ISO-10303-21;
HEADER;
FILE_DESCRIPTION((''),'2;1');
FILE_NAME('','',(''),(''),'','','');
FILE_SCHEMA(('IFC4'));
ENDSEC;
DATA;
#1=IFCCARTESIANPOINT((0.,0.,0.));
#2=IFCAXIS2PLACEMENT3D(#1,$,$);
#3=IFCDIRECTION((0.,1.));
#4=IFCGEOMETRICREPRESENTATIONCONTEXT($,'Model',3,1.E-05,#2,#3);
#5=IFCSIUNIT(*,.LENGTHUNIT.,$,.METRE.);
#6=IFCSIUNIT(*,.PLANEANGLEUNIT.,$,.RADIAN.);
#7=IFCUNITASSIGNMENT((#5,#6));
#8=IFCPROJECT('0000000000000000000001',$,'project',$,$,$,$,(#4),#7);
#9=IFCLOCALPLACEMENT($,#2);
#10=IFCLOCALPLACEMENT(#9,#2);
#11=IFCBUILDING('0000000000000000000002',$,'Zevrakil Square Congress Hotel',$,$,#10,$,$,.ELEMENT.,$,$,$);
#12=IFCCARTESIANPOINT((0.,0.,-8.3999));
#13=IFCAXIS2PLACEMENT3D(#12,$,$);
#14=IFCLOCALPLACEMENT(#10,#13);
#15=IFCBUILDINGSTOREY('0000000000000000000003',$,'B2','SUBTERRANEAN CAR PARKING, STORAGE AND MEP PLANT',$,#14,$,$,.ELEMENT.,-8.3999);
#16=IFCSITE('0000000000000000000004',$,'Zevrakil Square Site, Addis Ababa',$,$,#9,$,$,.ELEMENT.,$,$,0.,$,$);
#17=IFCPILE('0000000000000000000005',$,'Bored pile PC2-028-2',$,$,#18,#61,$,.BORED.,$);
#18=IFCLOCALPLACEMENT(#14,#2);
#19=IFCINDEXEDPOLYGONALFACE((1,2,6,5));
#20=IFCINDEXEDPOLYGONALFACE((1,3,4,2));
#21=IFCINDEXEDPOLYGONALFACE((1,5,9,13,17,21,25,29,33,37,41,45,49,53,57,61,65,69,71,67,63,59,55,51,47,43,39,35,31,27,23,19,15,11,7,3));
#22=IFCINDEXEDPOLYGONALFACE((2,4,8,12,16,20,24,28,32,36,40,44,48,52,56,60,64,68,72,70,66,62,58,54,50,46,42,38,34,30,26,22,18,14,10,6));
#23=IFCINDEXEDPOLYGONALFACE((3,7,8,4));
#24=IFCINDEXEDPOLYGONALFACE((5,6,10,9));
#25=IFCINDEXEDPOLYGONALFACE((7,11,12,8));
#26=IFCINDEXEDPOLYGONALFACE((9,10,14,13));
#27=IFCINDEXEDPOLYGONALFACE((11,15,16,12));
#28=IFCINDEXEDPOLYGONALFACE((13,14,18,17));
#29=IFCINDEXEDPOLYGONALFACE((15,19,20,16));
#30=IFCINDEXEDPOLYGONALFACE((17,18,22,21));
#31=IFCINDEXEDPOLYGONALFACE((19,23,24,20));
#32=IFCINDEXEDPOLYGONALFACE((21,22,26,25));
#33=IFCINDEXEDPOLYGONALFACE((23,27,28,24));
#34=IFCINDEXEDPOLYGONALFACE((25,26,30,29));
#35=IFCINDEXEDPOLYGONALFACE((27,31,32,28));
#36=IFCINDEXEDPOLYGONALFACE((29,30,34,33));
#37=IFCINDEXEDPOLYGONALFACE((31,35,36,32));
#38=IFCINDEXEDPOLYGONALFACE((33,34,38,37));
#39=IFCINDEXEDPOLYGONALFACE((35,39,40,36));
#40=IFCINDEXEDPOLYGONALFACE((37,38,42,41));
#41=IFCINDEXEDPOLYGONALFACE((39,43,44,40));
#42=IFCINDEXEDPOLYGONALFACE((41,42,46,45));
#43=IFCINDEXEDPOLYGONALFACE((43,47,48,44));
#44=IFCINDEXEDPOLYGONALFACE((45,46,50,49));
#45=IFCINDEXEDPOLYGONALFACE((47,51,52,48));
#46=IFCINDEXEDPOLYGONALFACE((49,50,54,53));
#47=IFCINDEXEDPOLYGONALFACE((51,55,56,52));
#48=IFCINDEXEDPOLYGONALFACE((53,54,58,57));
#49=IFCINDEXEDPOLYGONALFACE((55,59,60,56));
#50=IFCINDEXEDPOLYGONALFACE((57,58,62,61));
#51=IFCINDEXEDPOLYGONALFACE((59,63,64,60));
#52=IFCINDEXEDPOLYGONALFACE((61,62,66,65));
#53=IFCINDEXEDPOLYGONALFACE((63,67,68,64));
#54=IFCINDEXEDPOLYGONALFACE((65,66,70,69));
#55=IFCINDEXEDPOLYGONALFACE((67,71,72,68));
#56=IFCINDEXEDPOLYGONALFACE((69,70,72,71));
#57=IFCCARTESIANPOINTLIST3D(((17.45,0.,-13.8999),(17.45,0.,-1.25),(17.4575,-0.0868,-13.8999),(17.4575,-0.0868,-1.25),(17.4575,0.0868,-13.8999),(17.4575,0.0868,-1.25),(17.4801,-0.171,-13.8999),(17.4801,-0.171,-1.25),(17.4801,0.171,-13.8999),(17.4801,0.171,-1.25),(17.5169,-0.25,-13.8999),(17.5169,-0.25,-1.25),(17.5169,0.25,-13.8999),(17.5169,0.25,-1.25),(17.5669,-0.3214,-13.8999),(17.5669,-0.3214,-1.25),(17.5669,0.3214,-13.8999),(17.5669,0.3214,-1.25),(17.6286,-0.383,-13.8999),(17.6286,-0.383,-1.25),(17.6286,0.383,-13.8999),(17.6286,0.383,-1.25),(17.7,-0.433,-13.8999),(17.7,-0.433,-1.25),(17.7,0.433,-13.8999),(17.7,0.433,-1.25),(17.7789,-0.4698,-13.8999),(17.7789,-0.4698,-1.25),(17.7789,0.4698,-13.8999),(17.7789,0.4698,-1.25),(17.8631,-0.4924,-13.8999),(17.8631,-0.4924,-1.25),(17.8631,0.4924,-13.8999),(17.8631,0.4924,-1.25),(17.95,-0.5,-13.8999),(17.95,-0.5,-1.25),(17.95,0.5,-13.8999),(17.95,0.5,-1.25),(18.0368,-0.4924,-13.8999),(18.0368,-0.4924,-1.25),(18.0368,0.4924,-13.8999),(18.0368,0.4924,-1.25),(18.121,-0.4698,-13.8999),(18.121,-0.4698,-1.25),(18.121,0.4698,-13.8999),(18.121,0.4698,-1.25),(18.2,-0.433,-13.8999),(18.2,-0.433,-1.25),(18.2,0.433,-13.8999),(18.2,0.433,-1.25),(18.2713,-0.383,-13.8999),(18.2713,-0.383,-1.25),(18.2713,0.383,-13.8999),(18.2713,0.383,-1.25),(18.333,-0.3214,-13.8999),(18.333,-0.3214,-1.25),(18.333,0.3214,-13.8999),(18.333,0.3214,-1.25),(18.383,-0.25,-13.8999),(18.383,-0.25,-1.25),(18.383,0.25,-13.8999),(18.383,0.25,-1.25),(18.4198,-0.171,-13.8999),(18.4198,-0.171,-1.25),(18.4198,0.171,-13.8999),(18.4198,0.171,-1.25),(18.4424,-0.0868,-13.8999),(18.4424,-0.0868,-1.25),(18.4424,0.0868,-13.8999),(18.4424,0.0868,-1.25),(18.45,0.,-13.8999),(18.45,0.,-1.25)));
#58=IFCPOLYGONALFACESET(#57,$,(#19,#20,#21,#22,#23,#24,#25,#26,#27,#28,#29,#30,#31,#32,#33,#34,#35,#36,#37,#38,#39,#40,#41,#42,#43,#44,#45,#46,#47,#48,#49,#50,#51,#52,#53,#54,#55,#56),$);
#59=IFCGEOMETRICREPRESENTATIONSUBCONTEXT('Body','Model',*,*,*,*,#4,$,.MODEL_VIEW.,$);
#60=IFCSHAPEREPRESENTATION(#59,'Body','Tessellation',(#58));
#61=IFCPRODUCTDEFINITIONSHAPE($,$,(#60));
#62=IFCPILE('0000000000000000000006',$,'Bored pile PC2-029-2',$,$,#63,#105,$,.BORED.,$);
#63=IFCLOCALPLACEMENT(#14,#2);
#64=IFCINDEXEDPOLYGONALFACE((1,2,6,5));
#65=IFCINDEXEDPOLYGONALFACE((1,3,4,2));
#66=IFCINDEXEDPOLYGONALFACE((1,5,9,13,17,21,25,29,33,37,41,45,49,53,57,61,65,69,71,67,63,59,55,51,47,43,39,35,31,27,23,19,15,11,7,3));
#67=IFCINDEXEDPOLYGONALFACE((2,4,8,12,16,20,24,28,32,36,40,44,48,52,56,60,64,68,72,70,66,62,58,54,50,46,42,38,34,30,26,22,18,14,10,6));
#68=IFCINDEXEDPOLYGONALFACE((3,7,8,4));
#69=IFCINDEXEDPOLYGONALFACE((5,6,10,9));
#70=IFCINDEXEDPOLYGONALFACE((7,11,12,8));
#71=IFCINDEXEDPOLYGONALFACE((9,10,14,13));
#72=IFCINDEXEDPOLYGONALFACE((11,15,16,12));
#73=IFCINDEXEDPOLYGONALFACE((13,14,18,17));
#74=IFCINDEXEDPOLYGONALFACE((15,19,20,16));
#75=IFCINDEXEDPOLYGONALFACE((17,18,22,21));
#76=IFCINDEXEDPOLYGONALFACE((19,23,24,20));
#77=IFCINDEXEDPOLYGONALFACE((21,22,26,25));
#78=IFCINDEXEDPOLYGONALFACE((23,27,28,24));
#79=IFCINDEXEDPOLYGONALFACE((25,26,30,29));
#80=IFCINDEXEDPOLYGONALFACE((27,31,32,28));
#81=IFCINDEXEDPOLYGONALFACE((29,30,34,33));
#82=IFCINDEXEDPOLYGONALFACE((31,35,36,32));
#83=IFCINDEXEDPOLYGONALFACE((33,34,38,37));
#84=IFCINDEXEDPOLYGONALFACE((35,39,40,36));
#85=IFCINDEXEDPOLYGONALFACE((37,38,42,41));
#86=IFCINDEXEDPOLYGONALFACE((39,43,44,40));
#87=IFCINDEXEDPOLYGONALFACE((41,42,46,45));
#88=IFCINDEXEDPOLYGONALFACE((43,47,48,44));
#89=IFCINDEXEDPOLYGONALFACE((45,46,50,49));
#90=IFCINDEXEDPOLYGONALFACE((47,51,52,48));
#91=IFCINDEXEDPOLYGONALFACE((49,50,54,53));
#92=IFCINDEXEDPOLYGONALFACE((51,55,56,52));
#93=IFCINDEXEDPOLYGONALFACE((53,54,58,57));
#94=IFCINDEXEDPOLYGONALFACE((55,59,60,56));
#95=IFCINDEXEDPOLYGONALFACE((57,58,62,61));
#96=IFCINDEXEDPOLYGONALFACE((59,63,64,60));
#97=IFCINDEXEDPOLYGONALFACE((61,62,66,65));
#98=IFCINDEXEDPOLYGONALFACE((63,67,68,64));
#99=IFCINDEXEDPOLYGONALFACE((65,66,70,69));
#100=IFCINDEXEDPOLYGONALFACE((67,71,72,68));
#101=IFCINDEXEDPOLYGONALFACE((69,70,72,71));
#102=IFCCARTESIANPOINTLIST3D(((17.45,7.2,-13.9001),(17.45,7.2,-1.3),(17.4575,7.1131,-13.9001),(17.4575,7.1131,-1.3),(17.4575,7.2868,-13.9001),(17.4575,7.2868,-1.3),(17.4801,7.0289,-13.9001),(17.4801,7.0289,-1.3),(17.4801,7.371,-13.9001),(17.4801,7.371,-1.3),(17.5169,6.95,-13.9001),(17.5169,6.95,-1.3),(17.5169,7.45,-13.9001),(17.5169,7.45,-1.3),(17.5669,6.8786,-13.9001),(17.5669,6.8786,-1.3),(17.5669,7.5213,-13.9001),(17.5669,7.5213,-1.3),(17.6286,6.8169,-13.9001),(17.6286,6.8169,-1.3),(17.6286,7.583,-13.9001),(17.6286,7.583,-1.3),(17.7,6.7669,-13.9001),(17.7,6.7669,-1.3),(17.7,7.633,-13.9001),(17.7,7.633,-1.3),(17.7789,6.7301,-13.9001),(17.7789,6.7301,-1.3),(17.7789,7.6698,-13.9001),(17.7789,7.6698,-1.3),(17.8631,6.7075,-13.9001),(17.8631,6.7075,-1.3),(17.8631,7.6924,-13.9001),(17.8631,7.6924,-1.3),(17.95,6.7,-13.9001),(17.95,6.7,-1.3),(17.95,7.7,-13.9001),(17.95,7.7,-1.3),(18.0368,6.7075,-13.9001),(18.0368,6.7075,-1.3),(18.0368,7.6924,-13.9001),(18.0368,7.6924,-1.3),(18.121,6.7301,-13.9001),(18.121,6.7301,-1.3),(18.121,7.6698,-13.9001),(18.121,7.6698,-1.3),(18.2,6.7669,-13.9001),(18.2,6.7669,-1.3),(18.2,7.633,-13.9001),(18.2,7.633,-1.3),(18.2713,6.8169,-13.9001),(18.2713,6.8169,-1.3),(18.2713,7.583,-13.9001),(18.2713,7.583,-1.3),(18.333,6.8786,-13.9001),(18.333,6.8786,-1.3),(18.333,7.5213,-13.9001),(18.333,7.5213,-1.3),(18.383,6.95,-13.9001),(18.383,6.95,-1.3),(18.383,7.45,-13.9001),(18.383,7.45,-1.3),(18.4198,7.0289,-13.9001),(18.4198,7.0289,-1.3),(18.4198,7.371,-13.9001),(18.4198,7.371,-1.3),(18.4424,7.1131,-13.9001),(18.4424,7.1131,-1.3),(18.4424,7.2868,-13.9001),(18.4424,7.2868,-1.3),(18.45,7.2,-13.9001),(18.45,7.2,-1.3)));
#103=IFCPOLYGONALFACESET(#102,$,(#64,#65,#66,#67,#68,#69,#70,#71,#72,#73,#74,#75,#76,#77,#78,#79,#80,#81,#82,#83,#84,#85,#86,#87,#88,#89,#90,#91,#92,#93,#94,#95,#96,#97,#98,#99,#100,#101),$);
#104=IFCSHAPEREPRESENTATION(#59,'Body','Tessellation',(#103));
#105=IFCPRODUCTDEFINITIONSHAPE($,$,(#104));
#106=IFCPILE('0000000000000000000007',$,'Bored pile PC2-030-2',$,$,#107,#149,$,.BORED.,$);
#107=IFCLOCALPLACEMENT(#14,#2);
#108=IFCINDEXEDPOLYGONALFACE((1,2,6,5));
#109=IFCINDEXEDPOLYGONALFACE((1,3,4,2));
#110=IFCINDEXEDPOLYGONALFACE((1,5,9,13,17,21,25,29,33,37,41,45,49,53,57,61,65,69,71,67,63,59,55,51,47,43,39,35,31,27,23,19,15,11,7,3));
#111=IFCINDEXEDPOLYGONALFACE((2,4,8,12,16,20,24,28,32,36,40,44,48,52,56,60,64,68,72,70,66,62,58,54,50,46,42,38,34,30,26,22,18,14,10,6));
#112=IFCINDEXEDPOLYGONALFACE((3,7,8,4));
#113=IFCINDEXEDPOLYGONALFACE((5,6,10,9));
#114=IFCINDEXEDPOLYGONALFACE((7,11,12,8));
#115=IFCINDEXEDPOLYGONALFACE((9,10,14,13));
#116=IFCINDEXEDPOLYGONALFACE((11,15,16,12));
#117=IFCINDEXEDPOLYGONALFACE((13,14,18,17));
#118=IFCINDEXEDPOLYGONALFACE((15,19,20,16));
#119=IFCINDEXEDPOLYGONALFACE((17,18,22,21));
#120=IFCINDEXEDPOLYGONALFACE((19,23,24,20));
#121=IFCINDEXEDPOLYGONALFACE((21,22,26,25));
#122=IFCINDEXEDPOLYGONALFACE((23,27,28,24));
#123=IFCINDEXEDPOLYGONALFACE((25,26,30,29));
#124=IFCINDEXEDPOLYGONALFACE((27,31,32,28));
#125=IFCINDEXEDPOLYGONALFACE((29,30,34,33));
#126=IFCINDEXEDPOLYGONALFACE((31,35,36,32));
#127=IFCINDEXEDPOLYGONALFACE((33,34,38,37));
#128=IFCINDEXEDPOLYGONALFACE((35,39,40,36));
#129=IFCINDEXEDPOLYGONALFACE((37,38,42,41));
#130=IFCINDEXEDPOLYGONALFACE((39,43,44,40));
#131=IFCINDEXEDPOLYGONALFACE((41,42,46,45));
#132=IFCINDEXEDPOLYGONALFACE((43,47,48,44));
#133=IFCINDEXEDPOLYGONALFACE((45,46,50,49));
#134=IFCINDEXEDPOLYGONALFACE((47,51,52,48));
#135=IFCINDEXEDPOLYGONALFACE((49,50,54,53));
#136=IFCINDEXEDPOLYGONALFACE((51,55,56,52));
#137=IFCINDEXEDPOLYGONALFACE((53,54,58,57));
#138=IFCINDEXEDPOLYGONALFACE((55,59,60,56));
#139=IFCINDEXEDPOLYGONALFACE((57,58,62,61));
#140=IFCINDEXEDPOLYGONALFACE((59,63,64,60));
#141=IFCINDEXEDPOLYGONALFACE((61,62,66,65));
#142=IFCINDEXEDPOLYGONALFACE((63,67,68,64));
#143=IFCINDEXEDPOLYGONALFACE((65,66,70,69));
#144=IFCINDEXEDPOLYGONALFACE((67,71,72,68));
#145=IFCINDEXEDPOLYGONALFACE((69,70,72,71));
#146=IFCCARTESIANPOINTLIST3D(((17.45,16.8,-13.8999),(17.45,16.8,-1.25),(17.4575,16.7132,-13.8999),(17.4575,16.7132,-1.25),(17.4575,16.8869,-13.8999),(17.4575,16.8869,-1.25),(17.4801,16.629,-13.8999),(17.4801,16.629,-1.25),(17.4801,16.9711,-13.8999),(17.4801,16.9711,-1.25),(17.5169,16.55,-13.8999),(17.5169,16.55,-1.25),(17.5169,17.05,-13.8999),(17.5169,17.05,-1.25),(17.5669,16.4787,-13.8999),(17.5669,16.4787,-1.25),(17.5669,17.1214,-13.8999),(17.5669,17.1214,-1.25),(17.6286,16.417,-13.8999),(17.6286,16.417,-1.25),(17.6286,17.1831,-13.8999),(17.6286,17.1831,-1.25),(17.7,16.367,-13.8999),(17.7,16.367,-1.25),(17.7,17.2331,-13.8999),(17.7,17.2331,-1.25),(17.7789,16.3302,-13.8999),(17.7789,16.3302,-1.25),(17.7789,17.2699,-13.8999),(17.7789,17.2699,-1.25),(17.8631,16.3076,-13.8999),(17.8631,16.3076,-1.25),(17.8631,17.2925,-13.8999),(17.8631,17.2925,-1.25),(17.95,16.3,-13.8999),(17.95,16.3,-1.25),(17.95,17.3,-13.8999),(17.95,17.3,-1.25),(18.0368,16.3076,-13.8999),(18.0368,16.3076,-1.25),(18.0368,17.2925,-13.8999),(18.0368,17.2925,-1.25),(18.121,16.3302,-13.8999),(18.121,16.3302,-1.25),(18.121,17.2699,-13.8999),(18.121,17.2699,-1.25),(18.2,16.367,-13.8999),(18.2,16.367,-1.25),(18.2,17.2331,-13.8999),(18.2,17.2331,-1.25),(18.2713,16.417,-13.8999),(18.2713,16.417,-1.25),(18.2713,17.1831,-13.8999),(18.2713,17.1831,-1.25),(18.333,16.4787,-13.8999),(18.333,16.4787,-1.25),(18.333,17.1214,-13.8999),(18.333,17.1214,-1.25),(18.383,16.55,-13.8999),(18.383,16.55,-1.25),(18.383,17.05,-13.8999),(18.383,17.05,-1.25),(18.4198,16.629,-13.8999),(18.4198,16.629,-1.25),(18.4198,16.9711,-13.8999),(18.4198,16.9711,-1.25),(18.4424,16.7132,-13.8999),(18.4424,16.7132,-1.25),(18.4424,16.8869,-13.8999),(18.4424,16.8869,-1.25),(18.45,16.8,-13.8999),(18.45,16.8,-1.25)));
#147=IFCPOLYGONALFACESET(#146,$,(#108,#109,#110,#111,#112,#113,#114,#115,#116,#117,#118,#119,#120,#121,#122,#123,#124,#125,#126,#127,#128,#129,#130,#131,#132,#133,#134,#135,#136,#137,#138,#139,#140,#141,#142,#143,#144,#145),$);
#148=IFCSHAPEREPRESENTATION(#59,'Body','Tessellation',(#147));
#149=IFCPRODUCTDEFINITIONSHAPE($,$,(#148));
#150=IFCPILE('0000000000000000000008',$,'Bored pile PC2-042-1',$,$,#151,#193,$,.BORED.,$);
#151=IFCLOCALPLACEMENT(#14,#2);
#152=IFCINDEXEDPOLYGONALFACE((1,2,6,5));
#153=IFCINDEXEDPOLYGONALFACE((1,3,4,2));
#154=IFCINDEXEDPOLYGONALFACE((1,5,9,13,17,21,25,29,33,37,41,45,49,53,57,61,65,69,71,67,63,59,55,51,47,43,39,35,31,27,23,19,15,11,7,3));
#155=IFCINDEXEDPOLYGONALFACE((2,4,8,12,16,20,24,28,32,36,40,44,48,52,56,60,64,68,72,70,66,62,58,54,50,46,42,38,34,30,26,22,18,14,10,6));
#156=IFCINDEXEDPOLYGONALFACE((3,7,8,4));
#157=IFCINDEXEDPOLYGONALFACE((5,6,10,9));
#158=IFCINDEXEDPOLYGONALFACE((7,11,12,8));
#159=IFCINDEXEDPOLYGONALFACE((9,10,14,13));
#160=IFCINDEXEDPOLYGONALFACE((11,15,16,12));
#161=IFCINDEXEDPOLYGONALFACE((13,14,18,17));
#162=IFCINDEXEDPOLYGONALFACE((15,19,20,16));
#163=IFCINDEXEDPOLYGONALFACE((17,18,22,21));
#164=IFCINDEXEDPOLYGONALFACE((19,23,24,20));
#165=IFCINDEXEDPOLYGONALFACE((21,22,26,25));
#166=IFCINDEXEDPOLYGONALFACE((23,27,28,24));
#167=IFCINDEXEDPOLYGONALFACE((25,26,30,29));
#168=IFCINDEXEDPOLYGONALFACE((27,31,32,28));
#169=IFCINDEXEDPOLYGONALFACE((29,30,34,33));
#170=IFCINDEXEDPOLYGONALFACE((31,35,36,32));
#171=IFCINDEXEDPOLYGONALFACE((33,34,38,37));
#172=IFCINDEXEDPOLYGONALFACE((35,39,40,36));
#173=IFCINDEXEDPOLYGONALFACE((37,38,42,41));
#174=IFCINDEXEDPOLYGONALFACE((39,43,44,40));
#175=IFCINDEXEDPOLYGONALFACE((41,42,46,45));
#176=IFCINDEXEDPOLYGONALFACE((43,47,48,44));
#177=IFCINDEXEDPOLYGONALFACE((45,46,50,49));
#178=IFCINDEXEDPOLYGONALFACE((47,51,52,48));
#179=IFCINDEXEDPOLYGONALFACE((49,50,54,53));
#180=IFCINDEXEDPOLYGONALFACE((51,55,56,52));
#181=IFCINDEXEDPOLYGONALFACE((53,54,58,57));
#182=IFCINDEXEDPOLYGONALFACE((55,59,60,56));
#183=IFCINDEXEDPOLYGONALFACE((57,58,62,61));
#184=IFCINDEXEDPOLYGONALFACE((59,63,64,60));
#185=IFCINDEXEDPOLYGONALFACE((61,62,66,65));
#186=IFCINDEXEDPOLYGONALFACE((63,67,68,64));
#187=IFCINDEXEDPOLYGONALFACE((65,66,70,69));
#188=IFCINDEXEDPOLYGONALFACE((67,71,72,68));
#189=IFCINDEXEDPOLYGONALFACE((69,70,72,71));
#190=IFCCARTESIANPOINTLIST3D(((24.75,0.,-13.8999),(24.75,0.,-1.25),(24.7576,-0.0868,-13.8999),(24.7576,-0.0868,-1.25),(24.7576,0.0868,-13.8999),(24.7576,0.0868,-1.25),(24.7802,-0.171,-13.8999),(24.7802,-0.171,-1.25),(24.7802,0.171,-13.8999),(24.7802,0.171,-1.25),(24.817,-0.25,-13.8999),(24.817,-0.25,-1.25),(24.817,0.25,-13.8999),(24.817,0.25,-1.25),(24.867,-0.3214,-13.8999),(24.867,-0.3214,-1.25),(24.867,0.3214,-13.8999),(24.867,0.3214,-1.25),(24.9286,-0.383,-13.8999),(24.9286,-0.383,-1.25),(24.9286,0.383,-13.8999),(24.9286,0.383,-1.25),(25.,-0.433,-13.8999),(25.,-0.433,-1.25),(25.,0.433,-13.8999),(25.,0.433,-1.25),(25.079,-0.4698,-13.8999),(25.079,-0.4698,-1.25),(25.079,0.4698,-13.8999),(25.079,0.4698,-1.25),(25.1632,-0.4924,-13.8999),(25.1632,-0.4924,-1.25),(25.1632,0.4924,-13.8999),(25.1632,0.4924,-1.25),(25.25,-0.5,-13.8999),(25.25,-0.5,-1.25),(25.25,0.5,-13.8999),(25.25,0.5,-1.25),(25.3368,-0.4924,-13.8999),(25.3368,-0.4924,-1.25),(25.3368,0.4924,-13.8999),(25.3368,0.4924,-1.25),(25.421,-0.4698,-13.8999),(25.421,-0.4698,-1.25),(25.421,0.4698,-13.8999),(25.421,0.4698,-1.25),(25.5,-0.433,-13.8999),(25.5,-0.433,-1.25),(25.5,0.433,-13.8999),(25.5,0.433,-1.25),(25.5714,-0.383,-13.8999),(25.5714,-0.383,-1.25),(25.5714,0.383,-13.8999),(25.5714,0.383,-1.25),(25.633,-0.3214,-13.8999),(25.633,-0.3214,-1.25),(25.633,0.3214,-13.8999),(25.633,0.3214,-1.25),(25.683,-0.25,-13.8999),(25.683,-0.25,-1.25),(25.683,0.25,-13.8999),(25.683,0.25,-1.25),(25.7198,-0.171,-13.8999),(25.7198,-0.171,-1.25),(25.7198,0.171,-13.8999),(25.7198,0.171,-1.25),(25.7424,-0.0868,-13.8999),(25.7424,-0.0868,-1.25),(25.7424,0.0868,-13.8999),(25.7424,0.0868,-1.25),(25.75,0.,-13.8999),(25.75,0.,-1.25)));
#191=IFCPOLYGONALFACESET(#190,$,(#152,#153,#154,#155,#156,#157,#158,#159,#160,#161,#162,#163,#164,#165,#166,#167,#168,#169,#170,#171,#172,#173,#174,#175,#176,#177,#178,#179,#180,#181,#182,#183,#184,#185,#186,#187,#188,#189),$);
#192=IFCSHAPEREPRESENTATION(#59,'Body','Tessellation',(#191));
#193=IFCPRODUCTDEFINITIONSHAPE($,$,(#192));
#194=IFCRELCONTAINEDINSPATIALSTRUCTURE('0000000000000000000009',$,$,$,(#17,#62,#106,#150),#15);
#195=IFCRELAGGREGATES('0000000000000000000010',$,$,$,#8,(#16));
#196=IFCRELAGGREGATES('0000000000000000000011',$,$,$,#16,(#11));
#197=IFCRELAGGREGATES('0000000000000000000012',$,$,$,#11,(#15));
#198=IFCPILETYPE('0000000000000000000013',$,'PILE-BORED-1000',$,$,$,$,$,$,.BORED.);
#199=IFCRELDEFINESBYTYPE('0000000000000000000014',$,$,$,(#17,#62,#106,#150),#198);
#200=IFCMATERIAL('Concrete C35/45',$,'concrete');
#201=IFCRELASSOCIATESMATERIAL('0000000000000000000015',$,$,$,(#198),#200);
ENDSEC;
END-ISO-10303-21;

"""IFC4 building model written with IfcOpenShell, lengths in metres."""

from ifc_helpers import new_model, si_unit, direction, frame, origin, origin_2d, place, context, subcontext, project, spatial, circle, extrude, material, material_profile, profile_set, type_object, element, save


model = new_model("IFC4")

# Units and contexts
model_context = context("Model", 3, precision=1e-05, world=origin(), true_north=direction((0.0, 1.0)))
body_context = subcontext(model_context, "Body", "Model", "MODEL_VIEW")
ifc_project = project(units=[si_unit("LENGTHUNIT", "METRE"), si_unit("PLANEANGLEUNIT", "RADIAN")], contexts=[model_context])

# Site, building, storey
site_placement = place(None, origin())
site = spatial("IfcSite", under=ifc_project, at=site_placement, Name="Zevrakil Square Site, Addis Ababa", CompositionType="ELEMENT", RefElevation=0.0)
building_placement = place(site_placement, origin())
building = spatial("IfcBuilding", under=site, at=building_placement, Name="Zevrakil Square Congress Hotel", CompositionType="ELEMENT")
storey_placement = place(building_placement, frame((0.0, 0.0, -8.3999)))
storey = spatial("IfcBuildingStorey", under=building, at=storey_placement, Name="B2", Description="SUBTERRANEAN CAR PARKING, STORAGE AND MEP PLANT", CompositionType="ELEMENT", Elevation=-8.3999)

# Piles
ifc_material_1 = material(Name="Concrete C35/45", Category="concrete")
ifc_material_profile_1 = material_profile(ifc_material_1, circle(Radius=0.5, at=origin_2d()), Name="PILE D1000")
ifc_profile_set_1 = profile_set([ifc_material_profile_1], Name="Concrete C35/45")
pile_type = type_object("IfcPileType", Name="PILE-BORED-1000", PredefinedType="BORED", material=ifc_profile_set_1)
pile_1_placement = place(storey_placement, frame((17.95, 0.0, -1.25), z_axis=(0.0, 0.0, -1.0), x_axis=(1.0, 0.0, 0.0)))
element("IfcPile", 1, at=pile_1_placement, inside=storey, type_object=pile_type, Name="Bored pile PC2-028-2", PredefinedType="BORED", context=body_context, shape_type="SweptSolid", body=[
    extrude(circle(Radius=0.5, at=origin_2d()), origin(), (0.0, 0.0, 1.0), 12.6499),
])
pile_2_placement = place(storey_placement, frame((17.95, 7.2, -1.3), z_axis=(0.0, 0.0, -1.0), x_axis=(1.0, 0.0, 0.0)))
element("IfcPile", 2, at=pile_2_placement, inside=storey, type_object=pile_type, Name="Bored pile PC2-029-2", PredefinedType="BORED", context=body_context, shape_type="SweptSolid", body=[
    extrude(circle(Radius=0.5, at=origin_2d()), origin(), (0.0, 0.0, 1.0), 12.6001),
])
for number, where, z_axis, x_axis, name in (
    (3, (17.95, 16.8, -1.25), (0.0, 0.0, -1.0), (1.0, 0.0, 0.0), "Bored pile PC2-030-2"),
    (4, (25.25, 0.0, -1.25), (0.0, 0.0, -1.0), (1.0, 0.0, 0.0), "Bored pile PC2-042-1"),
):
    element("IfcPile", number, at=place(storey_placement, frame(where, z_axis=z_axis, x_axis=x_axis)), inside=storey, type_object=pile_type, Name=name, PredefinedType="BORED", context=body_context, shape_type="SweptSolid", body=[
        extrude(circle(Radius=0.5, at=origin_2d()), origin(), (0.0, 0.0, 1.0), 12.6499),
    ])

save(model, "model.ifc")
